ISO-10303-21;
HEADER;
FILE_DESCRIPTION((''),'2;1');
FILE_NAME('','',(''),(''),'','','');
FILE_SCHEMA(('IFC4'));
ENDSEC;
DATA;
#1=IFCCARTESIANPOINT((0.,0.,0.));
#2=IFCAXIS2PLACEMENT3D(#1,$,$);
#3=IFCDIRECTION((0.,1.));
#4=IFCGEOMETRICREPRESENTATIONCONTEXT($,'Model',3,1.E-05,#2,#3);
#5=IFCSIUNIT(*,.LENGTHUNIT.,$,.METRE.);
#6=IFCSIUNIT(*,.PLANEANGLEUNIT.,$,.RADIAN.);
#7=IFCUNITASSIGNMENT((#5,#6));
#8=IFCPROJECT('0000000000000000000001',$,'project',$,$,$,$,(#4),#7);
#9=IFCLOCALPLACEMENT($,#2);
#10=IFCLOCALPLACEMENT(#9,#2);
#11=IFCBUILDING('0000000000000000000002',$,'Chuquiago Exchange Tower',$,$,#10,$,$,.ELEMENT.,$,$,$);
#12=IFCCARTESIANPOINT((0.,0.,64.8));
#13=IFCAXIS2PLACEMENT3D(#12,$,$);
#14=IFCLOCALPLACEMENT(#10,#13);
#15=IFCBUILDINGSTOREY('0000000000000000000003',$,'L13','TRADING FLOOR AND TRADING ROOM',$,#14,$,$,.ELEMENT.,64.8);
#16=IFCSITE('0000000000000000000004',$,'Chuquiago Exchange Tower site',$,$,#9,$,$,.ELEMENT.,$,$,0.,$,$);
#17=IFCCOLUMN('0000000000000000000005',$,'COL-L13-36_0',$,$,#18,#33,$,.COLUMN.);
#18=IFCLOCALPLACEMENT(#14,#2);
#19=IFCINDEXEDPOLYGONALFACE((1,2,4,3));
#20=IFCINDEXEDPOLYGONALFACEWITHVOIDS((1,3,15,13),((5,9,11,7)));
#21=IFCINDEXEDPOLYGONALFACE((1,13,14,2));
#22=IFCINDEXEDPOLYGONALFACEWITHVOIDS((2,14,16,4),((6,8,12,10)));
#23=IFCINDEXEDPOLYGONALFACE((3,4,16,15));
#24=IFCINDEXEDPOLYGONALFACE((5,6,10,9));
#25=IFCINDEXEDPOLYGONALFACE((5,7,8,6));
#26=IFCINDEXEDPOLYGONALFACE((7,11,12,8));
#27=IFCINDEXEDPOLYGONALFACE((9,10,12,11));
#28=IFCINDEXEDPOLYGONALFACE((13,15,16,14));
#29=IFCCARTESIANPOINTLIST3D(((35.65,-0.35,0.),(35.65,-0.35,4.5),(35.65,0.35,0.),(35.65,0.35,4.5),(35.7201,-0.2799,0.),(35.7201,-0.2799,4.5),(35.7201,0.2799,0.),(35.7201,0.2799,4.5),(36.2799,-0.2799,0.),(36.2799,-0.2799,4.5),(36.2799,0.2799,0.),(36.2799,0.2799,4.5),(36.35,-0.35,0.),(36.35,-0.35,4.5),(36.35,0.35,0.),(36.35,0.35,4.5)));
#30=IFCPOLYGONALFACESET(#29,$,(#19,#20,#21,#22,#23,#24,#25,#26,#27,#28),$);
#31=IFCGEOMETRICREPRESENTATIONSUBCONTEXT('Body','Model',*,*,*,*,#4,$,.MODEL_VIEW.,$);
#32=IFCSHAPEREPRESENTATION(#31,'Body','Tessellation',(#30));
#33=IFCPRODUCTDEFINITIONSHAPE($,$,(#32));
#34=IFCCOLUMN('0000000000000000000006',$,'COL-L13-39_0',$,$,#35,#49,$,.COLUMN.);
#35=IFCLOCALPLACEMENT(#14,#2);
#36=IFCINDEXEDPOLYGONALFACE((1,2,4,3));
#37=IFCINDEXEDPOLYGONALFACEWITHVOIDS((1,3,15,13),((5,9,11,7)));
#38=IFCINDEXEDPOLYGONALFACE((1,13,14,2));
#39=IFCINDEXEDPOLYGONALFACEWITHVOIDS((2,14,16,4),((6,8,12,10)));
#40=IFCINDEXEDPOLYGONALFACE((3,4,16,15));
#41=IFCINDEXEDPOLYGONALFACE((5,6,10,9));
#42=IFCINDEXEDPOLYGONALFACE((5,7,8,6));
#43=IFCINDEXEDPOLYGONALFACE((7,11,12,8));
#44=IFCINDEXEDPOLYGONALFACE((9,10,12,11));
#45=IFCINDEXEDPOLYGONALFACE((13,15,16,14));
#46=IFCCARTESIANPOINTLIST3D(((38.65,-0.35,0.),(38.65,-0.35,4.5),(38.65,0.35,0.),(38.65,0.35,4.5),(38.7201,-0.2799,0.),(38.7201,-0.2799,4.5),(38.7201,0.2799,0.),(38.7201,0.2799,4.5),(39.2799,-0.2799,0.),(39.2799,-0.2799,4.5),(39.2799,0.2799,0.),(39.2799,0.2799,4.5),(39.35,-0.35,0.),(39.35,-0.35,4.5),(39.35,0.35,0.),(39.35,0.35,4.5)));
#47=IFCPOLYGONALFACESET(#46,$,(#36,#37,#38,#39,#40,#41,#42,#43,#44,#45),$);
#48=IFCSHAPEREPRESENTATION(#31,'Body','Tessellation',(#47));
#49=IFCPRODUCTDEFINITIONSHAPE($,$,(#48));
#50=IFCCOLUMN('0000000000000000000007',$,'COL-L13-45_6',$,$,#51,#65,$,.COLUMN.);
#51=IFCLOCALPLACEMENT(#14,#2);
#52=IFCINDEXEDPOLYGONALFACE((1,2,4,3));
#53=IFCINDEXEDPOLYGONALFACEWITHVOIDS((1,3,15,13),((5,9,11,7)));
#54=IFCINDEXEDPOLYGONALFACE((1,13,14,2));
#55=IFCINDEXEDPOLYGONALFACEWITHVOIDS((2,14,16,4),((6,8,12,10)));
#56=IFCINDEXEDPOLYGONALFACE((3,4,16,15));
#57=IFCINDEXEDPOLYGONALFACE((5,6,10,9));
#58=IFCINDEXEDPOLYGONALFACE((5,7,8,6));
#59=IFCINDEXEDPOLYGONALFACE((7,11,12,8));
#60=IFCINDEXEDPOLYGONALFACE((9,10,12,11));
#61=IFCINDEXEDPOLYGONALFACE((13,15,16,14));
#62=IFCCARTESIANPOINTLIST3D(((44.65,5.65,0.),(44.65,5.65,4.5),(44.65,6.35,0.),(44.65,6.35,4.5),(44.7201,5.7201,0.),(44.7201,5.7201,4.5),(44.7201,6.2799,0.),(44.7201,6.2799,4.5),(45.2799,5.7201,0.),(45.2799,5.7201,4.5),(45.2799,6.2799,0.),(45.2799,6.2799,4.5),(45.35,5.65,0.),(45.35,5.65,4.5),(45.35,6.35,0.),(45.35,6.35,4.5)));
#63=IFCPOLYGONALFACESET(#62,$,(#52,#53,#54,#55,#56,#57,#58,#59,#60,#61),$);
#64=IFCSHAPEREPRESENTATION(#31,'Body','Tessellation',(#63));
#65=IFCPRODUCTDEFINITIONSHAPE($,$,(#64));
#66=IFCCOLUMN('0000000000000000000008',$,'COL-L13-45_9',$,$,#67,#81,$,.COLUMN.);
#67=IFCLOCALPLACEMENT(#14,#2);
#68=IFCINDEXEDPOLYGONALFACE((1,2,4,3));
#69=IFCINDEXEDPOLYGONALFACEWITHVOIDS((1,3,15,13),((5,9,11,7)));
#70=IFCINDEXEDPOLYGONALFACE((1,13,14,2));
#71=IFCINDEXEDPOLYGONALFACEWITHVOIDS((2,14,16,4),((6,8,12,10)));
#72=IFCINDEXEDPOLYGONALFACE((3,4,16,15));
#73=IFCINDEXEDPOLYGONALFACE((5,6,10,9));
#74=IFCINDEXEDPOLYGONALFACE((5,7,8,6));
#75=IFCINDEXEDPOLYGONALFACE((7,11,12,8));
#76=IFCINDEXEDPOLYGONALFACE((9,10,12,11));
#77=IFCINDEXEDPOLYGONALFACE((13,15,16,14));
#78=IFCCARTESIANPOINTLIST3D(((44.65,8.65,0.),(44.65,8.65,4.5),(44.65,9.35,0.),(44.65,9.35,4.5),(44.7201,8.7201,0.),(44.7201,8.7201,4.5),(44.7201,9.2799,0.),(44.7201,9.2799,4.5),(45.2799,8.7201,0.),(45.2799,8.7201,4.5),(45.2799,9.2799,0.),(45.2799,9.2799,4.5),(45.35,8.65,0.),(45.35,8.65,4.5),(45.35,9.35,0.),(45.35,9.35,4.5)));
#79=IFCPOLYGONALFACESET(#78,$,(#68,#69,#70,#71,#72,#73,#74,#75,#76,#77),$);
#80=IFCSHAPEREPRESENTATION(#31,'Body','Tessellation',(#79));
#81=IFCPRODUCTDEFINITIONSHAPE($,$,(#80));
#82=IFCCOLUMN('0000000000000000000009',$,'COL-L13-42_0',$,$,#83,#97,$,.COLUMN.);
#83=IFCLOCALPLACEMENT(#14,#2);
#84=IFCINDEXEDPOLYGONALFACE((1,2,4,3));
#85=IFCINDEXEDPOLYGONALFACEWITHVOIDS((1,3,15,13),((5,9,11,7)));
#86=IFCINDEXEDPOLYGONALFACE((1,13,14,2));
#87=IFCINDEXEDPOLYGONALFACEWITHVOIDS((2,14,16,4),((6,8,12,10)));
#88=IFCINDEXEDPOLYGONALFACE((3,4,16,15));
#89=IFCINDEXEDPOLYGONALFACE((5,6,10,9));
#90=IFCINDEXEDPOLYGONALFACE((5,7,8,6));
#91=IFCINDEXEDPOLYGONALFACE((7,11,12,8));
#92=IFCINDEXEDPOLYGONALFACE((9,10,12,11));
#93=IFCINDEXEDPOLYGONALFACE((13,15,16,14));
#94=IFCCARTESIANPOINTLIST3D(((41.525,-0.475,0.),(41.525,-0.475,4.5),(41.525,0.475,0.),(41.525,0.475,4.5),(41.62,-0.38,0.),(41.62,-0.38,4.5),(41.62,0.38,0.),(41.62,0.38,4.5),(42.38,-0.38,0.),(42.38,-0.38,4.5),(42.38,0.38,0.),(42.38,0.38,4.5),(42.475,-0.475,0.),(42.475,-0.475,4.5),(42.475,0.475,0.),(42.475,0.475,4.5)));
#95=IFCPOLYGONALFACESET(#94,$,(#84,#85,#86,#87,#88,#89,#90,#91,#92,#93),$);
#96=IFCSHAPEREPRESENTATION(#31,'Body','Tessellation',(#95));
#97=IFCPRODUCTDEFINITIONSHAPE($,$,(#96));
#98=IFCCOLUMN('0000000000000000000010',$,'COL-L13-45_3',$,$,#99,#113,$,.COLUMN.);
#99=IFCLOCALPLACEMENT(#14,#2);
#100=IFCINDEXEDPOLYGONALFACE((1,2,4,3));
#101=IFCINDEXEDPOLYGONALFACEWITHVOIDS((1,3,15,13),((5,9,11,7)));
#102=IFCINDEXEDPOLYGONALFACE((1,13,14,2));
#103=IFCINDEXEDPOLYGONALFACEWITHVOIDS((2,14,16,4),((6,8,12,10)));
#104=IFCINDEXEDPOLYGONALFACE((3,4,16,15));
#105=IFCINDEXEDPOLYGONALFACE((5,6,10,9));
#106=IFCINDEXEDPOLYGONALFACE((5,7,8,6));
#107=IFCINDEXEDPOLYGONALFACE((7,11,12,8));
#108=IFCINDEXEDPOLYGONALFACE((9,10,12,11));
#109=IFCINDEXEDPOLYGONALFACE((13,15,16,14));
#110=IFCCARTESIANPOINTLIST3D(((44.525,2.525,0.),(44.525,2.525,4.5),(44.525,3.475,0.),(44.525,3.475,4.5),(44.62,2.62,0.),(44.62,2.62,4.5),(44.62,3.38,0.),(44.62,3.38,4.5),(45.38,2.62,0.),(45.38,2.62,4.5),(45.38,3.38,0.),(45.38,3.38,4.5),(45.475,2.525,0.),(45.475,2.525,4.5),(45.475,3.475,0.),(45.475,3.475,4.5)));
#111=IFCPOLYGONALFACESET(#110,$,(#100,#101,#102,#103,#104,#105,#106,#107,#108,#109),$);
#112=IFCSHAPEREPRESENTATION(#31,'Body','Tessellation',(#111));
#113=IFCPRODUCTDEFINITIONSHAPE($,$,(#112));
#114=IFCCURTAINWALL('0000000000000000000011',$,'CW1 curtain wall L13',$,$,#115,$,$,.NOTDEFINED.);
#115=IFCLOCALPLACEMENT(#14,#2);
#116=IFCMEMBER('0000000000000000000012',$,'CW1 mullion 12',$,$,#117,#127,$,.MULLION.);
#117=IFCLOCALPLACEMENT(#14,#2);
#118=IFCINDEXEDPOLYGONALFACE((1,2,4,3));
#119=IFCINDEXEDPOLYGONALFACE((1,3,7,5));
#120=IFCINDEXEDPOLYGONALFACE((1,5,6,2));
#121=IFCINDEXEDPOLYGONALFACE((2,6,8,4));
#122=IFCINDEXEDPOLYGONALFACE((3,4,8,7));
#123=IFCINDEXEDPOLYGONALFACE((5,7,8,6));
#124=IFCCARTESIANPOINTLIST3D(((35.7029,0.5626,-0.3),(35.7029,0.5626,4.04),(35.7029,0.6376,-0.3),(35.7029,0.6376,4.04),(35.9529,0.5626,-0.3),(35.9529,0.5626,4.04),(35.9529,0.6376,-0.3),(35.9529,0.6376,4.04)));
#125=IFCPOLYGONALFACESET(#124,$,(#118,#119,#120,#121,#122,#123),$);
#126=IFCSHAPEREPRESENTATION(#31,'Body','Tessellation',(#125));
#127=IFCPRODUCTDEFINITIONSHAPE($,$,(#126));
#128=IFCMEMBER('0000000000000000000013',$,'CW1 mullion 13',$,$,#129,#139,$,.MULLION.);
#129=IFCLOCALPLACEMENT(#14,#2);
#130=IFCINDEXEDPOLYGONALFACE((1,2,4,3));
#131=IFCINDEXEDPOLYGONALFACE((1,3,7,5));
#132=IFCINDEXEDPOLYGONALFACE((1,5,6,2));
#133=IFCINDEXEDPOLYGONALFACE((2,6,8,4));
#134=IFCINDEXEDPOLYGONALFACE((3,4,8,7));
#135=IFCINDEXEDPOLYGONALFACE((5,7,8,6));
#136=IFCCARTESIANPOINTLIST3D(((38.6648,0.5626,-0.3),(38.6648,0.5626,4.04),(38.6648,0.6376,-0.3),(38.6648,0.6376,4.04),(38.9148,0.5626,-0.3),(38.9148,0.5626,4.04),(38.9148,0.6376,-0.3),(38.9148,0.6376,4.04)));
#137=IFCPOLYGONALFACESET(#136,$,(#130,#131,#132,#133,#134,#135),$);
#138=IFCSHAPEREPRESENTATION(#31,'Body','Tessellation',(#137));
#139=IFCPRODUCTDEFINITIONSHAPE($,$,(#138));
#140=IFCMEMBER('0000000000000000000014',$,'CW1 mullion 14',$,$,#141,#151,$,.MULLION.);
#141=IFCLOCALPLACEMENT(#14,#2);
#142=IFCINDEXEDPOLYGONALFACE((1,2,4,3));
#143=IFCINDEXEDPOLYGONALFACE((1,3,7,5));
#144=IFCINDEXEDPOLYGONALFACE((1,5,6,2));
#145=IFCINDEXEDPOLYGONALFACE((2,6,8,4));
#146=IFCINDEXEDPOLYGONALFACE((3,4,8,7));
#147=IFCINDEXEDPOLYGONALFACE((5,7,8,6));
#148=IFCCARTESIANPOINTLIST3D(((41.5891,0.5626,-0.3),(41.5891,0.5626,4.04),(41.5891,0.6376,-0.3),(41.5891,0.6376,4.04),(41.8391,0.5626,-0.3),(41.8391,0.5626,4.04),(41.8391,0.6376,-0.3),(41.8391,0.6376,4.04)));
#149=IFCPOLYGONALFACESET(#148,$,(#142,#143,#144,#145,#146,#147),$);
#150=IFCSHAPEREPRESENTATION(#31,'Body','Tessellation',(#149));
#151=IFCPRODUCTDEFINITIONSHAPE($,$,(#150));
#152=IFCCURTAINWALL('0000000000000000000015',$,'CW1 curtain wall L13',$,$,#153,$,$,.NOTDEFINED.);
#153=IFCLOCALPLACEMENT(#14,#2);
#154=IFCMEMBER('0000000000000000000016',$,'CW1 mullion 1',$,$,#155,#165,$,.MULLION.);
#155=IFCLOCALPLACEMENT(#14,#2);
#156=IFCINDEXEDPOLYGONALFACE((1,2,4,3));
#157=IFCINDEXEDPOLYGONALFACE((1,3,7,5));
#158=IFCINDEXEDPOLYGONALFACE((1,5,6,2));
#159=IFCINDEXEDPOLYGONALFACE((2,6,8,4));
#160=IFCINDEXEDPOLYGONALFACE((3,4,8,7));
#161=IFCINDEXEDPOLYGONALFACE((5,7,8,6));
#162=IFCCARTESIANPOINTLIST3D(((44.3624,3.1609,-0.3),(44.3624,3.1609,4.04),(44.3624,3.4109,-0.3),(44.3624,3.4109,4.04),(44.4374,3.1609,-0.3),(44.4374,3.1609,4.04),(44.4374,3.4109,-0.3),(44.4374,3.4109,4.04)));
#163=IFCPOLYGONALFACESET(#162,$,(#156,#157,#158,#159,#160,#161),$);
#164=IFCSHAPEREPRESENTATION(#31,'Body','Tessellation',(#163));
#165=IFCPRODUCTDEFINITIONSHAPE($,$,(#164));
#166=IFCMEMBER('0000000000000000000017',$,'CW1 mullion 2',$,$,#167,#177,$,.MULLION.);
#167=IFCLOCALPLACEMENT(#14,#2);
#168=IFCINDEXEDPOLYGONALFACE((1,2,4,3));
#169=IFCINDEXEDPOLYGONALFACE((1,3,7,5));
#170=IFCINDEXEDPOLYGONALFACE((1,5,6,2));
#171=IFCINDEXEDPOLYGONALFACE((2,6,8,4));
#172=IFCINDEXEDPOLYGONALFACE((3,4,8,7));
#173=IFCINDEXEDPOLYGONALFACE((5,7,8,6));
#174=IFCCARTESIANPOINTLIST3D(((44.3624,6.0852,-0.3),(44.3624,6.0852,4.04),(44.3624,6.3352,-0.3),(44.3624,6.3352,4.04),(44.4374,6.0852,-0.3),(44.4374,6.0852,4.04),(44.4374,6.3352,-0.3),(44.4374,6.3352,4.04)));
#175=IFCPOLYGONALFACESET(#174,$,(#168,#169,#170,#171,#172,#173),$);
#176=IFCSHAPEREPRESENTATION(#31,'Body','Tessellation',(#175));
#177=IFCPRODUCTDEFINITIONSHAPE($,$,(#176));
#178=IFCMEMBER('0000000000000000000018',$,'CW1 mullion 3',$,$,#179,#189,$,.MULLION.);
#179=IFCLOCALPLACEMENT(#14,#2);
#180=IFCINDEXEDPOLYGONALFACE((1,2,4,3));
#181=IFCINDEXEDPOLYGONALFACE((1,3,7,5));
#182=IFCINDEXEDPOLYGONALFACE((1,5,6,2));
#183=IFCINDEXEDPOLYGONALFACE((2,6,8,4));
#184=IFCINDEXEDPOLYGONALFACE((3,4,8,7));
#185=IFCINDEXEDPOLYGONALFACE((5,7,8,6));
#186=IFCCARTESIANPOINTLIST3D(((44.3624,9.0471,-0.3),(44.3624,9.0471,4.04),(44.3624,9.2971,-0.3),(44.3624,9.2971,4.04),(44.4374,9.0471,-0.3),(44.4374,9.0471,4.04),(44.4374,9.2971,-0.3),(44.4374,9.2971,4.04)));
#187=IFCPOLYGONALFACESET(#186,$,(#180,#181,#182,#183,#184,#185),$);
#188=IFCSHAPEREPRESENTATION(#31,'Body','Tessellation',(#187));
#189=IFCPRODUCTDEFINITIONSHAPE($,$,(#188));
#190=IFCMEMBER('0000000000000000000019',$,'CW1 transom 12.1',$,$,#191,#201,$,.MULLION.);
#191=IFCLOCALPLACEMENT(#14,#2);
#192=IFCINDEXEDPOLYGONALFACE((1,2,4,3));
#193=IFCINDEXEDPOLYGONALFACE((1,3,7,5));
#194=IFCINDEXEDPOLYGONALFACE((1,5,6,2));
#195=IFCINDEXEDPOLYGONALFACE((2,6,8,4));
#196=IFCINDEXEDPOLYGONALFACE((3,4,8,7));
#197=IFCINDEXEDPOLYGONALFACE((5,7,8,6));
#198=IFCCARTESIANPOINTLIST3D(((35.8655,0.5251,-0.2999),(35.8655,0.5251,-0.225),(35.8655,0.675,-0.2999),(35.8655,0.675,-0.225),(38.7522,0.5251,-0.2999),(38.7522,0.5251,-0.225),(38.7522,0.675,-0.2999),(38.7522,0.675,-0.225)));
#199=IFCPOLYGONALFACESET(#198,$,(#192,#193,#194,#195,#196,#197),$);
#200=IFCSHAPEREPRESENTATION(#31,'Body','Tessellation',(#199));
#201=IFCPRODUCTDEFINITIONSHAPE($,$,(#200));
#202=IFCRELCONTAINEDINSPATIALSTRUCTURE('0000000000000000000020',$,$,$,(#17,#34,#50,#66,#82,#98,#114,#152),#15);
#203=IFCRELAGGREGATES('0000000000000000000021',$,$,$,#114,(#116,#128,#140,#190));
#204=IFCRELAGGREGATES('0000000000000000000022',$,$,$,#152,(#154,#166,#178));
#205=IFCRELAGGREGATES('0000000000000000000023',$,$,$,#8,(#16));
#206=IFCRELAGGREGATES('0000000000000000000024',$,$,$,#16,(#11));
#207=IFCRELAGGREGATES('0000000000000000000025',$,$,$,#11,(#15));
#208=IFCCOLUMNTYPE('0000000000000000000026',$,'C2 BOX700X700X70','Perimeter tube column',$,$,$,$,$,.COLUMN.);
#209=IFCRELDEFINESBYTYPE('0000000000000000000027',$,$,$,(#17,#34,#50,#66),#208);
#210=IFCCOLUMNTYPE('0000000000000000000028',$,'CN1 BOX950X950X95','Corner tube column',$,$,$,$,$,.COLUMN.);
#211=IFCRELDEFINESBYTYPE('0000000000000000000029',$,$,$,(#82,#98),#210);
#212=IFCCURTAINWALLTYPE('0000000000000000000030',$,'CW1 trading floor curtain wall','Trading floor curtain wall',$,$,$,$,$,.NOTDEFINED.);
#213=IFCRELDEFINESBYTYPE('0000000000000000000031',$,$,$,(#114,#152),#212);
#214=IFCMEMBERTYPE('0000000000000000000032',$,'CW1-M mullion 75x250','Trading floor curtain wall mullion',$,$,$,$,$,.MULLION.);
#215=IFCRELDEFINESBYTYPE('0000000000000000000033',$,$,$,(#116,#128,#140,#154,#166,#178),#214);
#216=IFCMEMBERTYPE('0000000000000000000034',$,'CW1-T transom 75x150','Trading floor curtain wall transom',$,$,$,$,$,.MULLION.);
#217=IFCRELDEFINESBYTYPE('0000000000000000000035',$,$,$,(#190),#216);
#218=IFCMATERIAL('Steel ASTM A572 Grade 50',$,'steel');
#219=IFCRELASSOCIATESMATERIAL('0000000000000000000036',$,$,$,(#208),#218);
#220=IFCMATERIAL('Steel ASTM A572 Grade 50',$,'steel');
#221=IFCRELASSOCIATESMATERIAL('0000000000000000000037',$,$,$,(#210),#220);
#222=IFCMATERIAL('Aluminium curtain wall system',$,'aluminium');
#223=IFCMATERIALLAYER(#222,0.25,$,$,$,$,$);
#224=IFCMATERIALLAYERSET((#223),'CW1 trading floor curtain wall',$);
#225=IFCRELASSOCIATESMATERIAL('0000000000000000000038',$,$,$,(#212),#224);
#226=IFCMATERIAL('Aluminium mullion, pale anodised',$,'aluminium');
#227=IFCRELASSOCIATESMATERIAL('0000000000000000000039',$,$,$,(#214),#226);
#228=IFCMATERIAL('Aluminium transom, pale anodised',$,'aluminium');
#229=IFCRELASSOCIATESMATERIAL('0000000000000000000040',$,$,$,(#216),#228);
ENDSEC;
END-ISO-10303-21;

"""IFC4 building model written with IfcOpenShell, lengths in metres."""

from ifc_helpers import new_model, si_unit, direction, frame, origin, origin_2d, place, context, subcontext, project, spatial, rectangle, hollow_rectangle, extrude, material, layer, layer_set, material_profile, profile_set, type_object, element, aggregate, save


model = new_model("IFC4")

# Units and contexts
model_context = context("Model", 3, precision=1e-05, world=origin(), true_north=direction((0.0, 1.0)))
body_context = subcontext(model_context, "Body", "Model", "MODEL_VIEW")
ifc_project = project(units=[si_unit("LENGTHUNIT", "METRE"), si_unit("PLANEANGLEUNIT", "RADIAN")], contexts=[model_context])

# Site, building, storey
site_placement = place(None, origin())
site = spatial("IfcSite", under=ifc_project, at=site_placement, Name="Chuquiago Exchange Tower site", CompositionType="ELEMENT", RefElevation=0.0)
building_placement = place(site_placement, origin())
building = spatial("IfcBuilding", under=site, at=building_placement, Name="Chuquiago Exchange Tower", CompositionType="ELEMENT")
storey_placement = place(building_placement, frame((0.0, 0.0, 64.8)))
storey = spatial("IfcBuildingStorey", under=building, at=storey_placement, Name="L13", Description="TRADING FLOOR AND TRADING ROOM", CompositionType="ELEMENT", Elevation=64.8)

# Columns
ifc_material_1 = material(Name="Steel ASTM A572 Grade 50", Category="steel")
ifc_material_profile_1 = material_profile(ifc_material_1, hollow_rectangle(XDim=0.7, YDim=0.7, WallThickness=0.0701, at=origin_2d()), Name="BOX700X700X70")
ifc_profile_set_1 = profile_set([ifc_material_profile_1], Name="Steel ASTM A572 Grade 50")
column_type_1 = type_object("IfcColumnType", Name="C2 BOX700X700X70", Description="Perimeter tube column", PredefinedType="COLUMN", material=ifc_profile_set_1)
for number, where, z_axis, x_axis, name in (
    (1, (36.0, 0.0, 0.0), (0.0, 0.0, 1.0), (0.0, -1.0, 0.0), "COL-L13-36_0"),
    (2, (39.0, 0.0, 0.0), (0.0, 0.0, 1.0), (0.0, -1.0, 0.0), "COL-L13-39_0"),
    (3, (45.0, 6.0, 0.0), (0.0, 0.0, 1.0), (1.0, 0.0, 0.0), "COL-L13-45_6"),
    (4, (45.0, 9.0, 0.0), (0.0, 0.0, 1.0), (1.0, 0.0, 0.0), "COL-L13-45_9"),
):
    element("IfcColumn", number, at=place(storey_placement, frame(where, z_axis=z_axis, x_axis=x_axis)), inside=storey, type_object=column_type_1, Name=name, PredefinedType="COLUMN", context=body_context, shape_type="SweptSolid", body=[
        extrude(hollow_rectangle(XDim=0.7, YDim=0.7, WallThickness=0.0701, at=origin_2d()), origin(), (0.0, 0.0, 1.0), 4.5),
    ])
ifc_material_2 = material(Name="Steel ASTM A572 Grade 50", Category="steel")
ifc_material_profile_2 = material_profile(ifc_material_2, hollow_rectangle(XDim=0.95, YDim=0.95, WallThickness=0.095, at=origin_2d()), Name="BOX950X950X95")
ifc_profile_set_2 = profile_set([ifc_material_profile_2], Name="Steel ASTM A572 Grade 50")
column_type_2 = type_object("IfcColumnType", Name="CN1 BOX950X950X95", Description="Corner tube column", PredefinedType="COLUMN", material=ifc_profile_set_2)
for number, where, z_axis, x_axis, name in (
    (5, (42.0, 0.0, 0.0), (0.0, 0.0, 1.0), (0.0, -1.0, 0.0), "COL-L13-42_0"),
    (6, (45.0, 3.0, 0.0), (0.0, 0.0, 1.0), (1.0, 0.0, 0.0), "COL-L13-45_3"),
):
    element("IfcColumn", number, at=place(storey_placement, frame(where, z_axis=z_axis, x_axis=x_axis)), inside=storey, type_object=column_type_2, Name=name, PredefinedType="COLUMN", context=body_context, shape_type="SweptSolid", body=[
        extrude(hollow_rectangle(XDim=0.95, YDim=0.95, WallThickness=0.095, at=origin_2d()), origin(), (0.0, 0.0, 1.0), 4.5),
    ])

# Curtain walls, members
ifc_material_3 = material(Name="Aluminium curtain wall system", Category="aluminium")
ifc_layer_1 = layer(ifc_material_3, 0.25)
ifc_layer_set_1 = layer_set([ifc_layer_1], Name="CW1 trading floor curtain wall")
curtain_wall_type_1 = type_object("IfcCurtainWallType", Name="CW1 trading floor curtain wall", Description="Trading floor curtain wall", PredefinedType="NOTDEFINED", material=ifc_layer_set_1)
curtain_wall_1_placement = place(storey_placement, origin())
curtain_wall_1 = element("IfcCurtainWall", 7, at=curtain_wall_1_placement, inside=storey, type_object=curtain_wall_type_1, Name="CW1 curtain wall L13", PredefinedType="NOTDEFINED")
ifc_material_4 = material(Name="Aluminium mullion, pale anodised", Category="aluminium")
ifc_material_profile_3 = material_profile(ifc_material_4, rectangle(XDim=0.075, YDim=0.25, at=origin_2d()), Name="AL 75x250")
ifc_profile_set_3 = profile_set([ifc_material_profile_3], Name="Aluminium mullion, pale anodised")
member_type_1 = type_object("IfcMemberType", Name="CW1-M mullion 75x250", Description="Trading floor curtain wall mullion", PredefinedType="MULLION", material=ifc_profile_set_3)
member_1_placement = place(storey_placement, frame((35.8279, 0.6001, -0.3), z_axis=(0.0, 0.0, 1.0), x_axis=(0.0, 1.0, 0.0)))
member_1 = element("IfcMember", 8, at=member_1_placement, type_object=member_type_1, Name="CW1 mullion 12", PredefinedType="MULLION", context=body_context, shape_type="SweptSolid", body=[
    extrude(rectangle(XDim=0.075, YDim=0.25, at=origin_2d()), origin(), (0.0, 0.0, 1.0), 4.3401),
])
member_2_placement = place(storey_placement, frame((38.7898, 0.6001, -0.3), z_axis=(0.0, 0.0, 1.0), x_axis=(0.0, 1.0, 0.0)))
member_2 = element("IfcMember", 9, at=member_2_placement, type_object=member_type_1, Name="CW1 mullion 13", PredefinedType="MULLION", context=body_context, shape_type="SweptSolid", body=[
    extrude(rectangle(XDim=0.075, YDim=0.25, at=origin_2d()), origin(), (0.0, 0.0, 1.0), 4.3401),
])
member_3_placement = place(storey_placement, frame((41.7141, 0.6001, -0.3), z_axis=(0.0, 0.0, 1.0), x_axis=(0.0, 1.0, 0.0)))
member_3 = element("IfcMember", 10, at=member_3_placement, type_object=member_type_1, Name="CW1 mullion 14", PredefinedType="MULLION", context=body_context, shape_type="SweptSolid", body=[
    extrude(rectangle(XDim=0.075, YDim=0.25, at=origin_2d()), origin(), (0.0, 0.0, 1.0), 4.3401),
])
curtain_wall_2_placement = place(storey_placement, origin())
curtain_wall_2 = element("IfcCurtainWall", 11, at=curtain_wall_2_placement, inside=storey, type_object=curtain_wall_type_1, Name="CW1 curtain wall L13", PredefinedType="NOTDEFINED")
member_4_placement = place(storey_placement, frame((44.3999, 3.2859, -0.3), z_axis=(0.0, 0.0, 1.0), x_axis=(-1.0, 0.0, 0.0)))
member_4 = element("IfcMember", 12, at=member_4_placement, type_object=member_type_1, Name="CW1 mullion 1", PredefinedType="MULLION", context=body_context, shape_type="SweptSolid", body=[
    extrude(rectangle(XDim=0.075, YDim=0.25, at=origin_2d()), origin(), (0.0, 0.0, 1.0), 4.3401),
])
member_5_placement = place(storey_placement, frame((44.3999, 6.2102, -0.3), z_axis=(0.0, 0.0, 1.0), x_axis=(-1.0, 0.0, 0.0)))
member_5 = element("IfcMember", 13, at=member_5_placement, type_object=member_type_1, Name="CW1 mullion 2", PredefinedType="MULLION", context=body_context, shape_type="SweptSolid", body=[
    extrude(rectangle(XDim=0.075, YDim=0.25, at=origin_2d()), origin(), (0.0, 0.0, 1.0), 4.3401),
])
member_6_placement = place(storey_placement, frame((44.3999, 9.1721, -0.3), z_axis=(0.0, 0.0, 1.0), x_axis=(-1.0, 0.0, 0.0)))
member_6 = element("IfcMember", 14, at=member_6_placement, type_object=member_type_1, Name="CW1 mullion 3", PredefinedType="MULLION", context=body_context, shape_type="SweptSolid", body=[
    extrude(rectangle(XDim=0.075, YDim=0.25, at=origin_2d()), origin(), (0.0, 0.0, 1.0), 4.3401),
])

# Member
ifc_material_5 = material(Name="Aluminium transom, pale anodised", Category="aluminium")
ifc_material_profile_4 = material_profile(ifc_material_5, rectangle(XDim=0.1499, YDim=0.075, at=origin_2d()), Name="AL 150x75")
ifc_profile_set_4 = profile_set([ifc_material_profile_4], Name="Aluminium transom, pale anodised")
member_type_2 = type_object("IfcMemberType", Name="CW1-T transom 75x150", Description="Trading floor curtain wall transom", PredefinedType="MULLION", material=ifc_profile_set_4)
member_7_placement = place(storey_placement, frame((35.8655, 0.6001, -0.2625), z_axis=(1.0, 0.0, 0.0), x_axis=(0.0, 1.0, 0.0)))
member_7 = element("IfcMember", 15, at=member_7_placement, type_object=member_type_2, Name="CW1 transom 12.1", PredefinedType="MULLION", context=body_context, shape_type="SweptSolid", body=[
    extrude(rectangle(XDim=0.1499, YDim=0.075, at=origin_2d()), origin(), (0.0, 0.0, 1.0), 2.8867),
])

aggregate(curtain_wall_1, [member_1, member_2, member_3, member_7])
aggregate(curtain_wall_2, [member_4, member_5, member_6])

save(model, "model.ifc")
